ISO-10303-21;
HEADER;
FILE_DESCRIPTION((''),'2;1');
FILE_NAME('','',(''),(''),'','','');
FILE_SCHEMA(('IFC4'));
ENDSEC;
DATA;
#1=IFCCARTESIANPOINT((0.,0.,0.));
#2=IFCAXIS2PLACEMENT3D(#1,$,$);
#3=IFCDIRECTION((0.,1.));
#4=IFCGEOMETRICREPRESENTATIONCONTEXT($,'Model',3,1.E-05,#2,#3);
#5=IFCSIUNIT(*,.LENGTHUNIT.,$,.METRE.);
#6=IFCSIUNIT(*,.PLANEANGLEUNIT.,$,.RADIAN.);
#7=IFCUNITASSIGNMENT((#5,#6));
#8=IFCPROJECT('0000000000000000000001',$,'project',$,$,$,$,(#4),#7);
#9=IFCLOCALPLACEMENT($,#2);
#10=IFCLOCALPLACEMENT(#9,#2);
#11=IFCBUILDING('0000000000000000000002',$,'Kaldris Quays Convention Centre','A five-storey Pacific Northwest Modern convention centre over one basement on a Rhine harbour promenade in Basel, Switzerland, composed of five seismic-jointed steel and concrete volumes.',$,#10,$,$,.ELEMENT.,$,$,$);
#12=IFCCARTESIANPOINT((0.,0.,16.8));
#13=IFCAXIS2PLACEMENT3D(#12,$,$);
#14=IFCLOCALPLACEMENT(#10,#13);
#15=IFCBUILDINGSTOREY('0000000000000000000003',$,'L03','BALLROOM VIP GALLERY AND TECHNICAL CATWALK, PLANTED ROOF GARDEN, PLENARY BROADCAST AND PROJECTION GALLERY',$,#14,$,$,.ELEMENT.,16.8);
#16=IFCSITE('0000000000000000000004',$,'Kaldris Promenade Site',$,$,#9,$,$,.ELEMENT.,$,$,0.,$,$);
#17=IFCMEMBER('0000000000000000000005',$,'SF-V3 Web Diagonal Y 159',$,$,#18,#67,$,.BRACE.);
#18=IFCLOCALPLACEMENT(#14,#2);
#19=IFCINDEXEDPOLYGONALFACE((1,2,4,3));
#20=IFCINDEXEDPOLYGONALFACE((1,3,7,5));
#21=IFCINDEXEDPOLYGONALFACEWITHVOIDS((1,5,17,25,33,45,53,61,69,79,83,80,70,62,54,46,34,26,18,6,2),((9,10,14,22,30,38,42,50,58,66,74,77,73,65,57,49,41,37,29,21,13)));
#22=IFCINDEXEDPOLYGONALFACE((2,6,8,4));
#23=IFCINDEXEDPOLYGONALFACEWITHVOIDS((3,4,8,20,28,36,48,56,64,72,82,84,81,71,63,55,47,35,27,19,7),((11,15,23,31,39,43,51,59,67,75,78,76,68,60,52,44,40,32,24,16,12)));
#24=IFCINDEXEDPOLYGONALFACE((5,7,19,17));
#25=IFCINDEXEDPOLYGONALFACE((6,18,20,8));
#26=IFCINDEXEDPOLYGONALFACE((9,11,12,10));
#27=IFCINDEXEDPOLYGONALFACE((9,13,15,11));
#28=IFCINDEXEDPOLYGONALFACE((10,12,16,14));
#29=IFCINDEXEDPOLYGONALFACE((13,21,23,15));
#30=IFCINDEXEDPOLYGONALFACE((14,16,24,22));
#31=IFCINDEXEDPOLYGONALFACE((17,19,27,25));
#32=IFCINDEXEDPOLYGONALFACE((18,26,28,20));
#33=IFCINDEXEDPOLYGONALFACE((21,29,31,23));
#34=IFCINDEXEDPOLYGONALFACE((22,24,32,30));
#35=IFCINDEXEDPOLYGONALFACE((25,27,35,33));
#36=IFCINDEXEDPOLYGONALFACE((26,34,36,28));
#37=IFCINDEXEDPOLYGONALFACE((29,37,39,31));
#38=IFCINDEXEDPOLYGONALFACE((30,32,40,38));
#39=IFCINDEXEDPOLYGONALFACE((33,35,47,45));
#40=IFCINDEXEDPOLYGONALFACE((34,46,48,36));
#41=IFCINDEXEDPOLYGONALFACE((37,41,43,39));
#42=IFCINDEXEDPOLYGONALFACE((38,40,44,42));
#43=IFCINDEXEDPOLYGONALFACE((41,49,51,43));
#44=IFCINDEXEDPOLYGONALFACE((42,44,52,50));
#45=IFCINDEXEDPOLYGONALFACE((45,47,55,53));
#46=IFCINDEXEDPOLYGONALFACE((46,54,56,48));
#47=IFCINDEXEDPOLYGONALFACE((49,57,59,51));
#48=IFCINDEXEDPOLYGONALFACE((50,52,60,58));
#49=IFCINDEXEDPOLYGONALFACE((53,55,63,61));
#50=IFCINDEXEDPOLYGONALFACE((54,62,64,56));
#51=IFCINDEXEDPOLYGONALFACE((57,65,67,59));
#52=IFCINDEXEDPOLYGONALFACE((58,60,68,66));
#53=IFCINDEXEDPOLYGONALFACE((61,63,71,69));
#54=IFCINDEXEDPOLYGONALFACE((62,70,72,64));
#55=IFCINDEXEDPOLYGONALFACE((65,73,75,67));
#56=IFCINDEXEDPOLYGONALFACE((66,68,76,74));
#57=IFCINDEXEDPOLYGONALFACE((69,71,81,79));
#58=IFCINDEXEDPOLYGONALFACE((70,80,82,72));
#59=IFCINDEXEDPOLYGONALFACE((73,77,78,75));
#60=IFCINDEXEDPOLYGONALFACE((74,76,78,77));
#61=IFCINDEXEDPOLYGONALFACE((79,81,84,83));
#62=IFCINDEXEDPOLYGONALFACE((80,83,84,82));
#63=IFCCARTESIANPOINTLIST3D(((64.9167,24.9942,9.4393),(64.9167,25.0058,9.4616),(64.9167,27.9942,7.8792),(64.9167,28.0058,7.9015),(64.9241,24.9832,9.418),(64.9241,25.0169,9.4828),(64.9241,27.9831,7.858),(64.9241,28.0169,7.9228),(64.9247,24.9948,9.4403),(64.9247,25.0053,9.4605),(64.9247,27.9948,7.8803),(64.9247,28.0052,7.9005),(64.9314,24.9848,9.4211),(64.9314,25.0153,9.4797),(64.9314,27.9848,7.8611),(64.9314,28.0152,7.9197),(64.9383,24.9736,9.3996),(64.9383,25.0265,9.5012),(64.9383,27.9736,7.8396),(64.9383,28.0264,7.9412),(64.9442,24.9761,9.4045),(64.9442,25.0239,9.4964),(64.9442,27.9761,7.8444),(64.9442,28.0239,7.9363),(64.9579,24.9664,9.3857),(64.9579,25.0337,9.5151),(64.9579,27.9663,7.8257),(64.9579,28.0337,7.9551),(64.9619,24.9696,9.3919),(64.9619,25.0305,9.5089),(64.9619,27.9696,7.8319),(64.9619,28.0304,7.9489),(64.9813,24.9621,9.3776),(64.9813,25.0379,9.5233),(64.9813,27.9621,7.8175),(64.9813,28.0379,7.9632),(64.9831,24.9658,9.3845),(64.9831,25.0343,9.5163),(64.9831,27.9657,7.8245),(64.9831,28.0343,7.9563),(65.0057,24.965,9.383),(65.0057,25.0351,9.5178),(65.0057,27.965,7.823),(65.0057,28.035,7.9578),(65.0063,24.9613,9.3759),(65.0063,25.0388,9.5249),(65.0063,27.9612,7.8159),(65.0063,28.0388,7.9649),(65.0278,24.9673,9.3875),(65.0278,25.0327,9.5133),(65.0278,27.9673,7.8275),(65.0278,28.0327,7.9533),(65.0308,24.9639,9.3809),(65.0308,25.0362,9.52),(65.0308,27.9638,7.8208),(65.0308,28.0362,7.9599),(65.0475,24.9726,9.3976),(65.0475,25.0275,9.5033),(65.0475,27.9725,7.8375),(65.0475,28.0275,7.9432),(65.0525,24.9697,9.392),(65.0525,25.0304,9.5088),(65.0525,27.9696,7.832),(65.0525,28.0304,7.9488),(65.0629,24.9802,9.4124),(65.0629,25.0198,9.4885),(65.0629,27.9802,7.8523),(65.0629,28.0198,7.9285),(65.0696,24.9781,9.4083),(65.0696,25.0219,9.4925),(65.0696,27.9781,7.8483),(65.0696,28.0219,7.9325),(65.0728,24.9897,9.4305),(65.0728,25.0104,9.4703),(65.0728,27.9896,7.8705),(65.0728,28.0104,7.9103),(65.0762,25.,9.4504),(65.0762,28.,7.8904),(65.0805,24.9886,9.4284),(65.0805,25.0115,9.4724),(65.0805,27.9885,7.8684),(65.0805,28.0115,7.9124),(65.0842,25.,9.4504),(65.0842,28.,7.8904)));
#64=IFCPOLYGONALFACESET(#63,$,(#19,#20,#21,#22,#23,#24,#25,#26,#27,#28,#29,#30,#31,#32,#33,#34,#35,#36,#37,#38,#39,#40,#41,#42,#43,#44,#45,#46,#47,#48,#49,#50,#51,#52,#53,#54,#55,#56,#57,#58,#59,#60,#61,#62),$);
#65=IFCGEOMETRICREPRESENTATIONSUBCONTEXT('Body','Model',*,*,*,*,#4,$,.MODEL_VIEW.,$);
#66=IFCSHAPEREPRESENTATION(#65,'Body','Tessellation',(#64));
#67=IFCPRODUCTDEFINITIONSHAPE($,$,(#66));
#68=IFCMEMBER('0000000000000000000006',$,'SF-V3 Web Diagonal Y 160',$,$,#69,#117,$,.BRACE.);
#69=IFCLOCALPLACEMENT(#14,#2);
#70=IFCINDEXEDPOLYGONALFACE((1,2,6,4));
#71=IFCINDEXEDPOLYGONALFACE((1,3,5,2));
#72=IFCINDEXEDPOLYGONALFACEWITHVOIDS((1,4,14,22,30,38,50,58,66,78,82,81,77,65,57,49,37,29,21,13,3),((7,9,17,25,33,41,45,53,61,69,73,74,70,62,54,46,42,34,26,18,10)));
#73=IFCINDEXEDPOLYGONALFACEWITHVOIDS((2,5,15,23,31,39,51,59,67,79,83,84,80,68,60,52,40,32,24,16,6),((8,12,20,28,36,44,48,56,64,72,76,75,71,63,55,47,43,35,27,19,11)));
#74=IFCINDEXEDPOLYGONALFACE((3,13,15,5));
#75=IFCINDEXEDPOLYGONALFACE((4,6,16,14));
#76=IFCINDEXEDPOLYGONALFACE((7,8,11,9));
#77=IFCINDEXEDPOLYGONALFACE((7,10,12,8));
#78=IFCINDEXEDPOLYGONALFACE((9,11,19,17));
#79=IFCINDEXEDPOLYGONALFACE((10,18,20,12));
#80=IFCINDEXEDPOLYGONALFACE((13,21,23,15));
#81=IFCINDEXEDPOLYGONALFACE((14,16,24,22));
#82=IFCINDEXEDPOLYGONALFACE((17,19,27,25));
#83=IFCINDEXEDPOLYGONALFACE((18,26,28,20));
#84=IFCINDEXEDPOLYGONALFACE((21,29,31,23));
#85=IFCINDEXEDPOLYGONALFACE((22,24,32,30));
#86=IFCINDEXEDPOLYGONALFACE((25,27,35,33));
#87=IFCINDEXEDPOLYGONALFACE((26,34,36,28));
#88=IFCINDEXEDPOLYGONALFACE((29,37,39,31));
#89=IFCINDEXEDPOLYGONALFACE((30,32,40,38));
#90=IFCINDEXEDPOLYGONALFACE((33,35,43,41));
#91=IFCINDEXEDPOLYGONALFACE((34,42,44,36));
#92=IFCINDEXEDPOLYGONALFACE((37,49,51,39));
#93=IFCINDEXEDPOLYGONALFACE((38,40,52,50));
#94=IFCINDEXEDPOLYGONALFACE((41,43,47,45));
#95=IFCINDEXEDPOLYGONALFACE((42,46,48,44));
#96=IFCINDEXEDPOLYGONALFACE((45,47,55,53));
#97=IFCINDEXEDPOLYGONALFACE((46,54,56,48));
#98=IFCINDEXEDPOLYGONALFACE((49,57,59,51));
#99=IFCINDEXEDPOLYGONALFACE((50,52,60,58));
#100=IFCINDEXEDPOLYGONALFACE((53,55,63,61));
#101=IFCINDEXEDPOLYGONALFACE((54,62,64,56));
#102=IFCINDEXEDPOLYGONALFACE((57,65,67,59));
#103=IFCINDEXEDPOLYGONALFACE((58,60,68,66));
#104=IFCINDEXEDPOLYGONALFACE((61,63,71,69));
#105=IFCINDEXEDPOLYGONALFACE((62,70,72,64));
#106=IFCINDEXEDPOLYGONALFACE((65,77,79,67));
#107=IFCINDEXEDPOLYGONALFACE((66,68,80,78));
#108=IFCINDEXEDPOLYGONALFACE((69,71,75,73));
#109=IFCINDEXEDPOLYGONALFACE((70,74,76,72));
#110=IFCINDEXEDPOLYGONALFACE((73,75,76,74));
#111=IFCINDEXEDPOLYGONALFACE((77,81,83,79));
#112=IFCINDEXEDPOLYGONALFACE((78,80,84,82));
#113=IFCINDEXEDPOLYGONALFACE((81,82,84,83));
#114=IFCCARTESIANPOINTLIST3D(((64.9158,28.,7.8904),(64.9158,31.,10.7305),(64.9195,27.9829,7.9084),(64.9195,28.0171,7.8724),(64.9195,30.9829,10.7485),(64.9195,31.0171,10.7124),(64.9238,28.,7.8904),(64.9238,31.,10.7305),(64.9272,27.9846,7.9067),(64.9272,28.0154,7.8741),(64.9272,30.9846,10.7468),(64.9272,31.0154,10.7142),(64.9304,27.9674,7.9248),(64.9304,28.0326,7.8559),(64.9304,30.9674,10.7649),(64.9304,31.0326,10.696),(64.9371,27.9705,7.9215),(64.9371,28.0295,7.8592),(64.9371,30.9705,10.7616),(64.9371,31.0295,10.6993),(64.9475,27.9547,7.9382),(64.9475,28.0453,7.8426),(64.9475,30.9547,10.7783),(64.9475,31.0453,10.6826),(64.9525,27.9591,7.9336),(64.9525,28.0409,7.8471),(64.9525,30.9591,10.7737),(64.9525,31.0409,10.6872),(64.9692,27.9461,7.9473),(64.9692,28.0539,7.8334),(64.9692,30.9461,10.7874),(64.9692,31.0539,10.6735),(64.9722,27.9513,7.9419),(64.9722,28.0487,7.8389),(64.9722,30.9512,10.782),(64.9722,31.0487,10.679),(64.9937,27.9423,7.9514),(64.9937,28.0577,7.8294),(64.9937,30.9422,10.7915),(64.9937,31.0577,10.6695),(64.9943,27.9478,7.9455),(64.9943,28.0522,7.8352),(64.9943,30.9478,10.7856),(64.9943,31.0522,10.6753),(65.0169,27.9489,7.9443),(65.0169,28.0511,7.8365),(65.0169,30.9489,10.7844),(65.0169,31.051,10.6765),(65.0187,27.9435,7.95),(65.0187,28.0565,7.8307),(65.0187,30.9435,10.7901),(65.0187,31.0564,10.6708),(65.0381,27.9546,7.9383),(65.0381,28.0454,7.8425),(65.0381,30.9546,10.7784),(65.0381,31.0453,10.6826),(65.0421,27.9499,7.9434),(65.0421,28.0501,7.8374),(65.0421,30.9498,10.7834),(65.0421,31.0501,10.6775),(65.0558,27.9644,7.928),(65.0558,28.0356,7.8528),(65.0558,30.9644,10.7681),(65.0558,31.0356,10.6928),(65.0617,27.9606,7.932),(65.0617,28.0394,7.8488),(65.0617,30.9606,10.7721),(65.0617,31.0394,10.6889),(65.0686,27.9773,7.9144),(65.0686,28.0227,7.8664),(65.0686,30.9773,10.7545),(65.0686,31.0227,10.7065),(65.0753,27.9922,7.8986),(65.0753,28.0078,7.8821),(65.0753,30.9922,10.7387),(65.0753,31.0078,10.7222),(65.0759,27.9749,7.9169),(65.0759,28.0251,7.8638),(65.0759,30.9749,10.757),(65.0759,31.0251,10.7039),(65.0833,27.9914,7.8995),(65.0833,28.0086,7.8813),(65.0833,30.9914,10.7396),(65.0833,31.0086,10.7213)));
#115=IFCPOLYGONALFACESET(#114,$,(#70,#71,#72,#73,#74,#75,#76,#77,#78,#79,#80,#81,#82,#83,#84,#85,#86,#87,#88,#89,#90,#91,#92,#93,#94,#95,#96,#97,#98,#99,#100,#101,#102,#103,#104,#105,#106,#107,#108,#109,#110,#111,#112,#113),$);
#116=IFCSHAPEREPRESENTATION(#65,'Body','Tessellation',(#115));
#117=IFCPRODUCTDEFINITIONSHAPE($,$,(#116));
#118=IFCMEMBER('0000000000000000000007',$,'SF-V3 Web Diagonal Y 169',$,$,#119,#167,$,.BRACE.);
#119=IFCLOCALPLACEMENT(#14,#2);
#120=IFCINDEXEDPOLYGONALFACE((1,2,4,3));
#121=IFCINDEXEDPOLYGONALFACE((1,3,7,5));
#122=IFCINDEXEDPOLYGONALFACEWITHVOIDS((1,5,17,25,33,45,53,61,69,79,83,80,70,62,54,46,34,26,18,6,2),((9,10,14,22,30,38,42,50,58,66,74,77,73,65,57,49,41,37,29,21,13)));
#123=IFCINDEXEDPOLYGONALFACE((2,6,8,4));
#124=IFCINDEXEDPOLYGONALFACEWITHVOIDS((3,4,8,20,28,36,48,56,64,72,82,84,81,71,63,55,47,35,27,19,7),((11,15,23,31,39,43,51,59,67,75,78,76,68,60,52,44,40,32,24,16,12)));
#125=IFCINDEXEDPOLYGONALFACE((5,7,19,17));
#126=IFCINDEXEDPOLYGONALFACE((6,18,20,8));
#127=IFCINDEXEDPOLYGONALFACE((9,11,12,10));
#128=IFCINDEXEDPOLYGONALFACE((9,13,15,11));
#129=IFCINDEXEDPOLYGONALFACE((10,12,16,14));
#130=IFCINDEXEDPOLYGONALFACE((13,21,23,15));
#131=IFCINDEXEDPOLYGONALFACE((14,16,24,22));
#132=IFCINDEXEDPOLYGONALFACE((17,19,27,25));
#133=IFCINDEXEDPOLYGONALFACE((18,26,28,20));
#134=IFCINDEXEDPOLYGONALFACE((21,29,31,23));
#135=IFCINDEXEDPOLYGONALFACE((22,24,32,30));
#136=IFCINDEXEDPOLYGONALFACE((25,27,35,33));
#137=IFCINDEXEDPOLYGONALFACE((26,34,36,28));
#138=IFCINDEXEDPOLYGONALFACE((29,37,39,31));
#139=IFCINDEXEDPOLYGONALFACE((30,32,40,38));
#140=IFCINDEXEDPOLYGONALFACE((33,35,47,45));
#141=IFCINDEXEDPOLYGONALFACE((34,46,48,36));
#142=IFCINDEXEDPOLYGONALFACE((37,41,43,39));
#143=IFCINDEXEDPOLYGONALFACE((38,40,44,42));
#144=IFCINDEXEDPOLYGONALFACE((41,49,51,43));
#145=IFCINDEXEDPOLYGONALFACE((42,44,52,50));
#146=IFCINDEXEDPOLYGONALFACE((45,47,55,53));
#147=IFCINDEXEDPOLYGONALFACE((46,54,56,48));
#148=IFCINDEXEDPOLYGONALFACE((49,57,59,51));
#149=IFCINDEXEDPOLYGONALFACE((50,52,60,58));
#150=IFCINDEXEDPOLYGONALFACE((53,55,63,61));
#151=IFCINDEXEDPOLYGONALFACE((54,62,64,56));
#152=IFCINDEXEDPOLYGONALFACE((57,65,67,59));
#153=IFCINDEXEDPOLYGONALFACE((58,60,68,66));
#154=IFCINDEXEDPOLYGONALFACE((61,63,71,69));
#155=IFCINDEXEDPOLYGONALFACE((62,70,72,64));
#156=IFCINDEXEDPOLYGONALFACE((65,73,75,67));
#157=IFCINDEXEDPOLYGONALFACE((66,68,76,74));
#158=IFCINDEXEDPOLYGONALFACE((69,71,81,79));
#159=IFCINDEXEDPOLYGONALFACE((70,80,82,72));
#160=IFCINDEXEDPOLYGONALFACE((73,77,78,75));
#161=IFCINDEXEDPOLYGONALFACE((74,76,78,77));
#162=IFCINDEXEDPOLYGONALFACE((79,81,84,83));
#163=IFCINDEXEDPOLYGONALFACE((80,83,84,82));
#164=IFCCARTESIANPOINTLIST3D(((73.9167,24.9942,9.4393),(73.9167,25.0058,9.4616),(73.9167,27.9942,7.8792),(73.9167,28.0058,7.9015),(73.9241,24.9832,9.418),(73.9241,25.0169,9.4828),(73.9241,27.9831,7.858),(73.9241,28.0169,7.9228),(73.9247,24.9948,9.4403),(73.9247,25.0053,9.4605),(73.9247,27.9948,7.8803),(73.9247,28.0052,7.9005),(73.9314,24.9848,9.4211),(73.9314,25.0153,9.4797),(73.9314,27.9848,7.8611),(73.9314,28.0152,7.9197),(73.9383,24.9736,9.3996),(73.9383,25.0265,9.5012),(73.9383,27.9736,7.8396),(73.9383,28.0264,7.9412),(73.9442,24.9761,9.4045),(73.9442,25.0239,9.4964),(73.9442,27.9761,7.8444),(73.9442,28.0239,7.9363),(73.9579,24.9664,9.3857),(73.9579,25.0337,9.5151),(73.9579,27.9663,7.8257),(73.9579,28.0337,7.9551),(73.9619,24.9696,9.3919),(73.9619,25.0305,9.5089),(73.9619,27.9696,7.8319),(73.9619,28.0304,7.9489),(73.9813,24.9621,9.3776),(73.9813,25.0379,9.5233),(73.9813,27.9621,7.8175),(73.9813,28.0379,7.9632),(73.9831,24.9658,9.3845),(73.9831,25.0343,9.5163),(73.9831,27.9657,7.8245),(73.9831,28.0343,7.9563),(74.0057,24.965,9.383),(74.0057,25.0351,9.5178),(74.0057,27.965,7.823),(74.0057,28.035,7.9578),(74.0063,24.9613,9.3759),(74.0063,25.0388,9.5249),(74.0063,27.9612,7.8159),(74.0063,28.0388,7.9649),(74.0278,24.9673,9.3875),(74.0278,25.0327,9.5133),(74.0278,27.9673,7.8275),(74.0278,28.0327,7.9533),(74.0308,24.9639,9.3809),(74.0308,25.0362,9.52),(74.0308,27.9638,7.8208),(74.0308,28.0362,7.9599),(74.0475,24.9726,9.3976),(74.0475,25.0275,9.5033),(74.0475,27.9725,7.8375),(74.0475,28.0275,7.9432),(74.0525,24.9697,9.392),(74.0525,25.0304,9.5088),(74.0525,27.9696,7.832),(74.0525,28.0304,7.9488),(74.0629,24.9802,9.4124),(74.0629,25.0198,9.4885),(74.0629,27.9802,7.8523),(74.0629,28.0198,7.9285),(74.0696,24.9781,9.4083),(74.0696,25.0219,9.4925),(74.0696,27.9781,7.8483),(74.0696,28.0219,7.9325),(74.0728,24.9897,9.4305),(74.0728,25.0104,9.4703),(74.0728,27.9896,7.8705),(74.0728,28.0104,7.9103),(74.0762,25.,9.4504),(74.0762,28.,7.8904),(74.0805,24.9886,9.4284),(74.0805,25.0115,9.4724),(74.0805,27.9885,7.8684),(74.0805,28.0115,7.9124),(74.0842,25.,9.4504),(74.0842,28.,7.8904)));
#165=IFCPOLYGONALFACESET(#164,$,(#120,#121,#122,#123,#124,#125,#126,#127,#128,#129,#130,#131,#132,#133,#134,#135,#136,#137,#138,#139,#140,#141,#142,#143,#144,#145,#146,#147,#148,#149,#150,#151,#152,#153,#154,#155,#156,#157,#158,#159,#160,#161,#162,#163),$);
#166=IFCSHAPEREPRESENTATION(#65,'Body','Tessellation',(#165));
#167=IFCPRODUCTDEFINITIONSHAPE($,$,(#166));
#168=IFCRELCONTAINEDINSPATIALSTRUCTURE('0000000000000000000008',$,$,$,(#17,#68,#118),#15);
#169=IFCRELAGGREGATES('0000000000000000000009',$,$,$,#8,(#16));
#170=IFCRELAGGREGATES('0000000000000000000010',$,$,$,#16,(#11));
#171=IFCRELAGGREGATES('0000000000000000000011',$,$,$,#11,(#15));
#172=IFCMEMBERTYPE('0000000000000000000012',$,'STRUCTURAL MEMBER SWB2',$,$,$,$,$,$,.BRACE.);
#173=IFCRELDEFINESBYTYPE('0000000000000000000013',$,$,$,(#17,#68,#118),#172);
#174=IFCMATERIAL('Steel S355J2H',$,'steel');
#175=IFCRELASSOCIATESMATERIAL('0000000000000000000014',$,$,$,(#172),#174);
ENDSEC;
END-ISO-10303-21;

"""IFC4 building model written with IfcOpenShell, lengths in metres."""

from ifc_helpers import new_model, si_unit, direction, frame, origin, origin_2d, place, context, subcontext, project, spatial, hollow_circle, extrude, material, material_profile, profile_set, type_object, element, save


model = new_model("IFC4")

# Units and contexts
model_context = context("Model", 3, precision=1e-05, world=origin(), true_north=direction((0.0, 1.0)))
body_context = subcontext(model_context, "Body", "Model", "MODEL_VIEW")
ifc_project = project(units=[si_unit("LENGTHUNIT", "METRE"), si_unit("PLANEANGLEUNIT", "RADIAN")], contexts=[model_context])

# Site, building, storey
site_placement = place(None, origin())
site = spatial("IfcSite", under=ifc_project, at=site_placement, Name="Kaldris Promenade Site", CompositionType="ELEMENT", RefElevation=0.0)
building_placement = place(site_placement, origin())
building = spatial("IfcBuilding", under=site, at=building_placement, Name="Kaldris Quays Convention Centre", Description="A five-storey Pacific Northwest Modern convention centre over one basement on a Rhine harbour promenade in Basel, Switzerland, composed of five seismic-jointed steel and concrete volumes.", CompositionType="ELEMENT")
storey_placement = place(building_placement, frame((0.0, 0.0, 16.8)))
storey = spatial("IfcBuildingStorey", under=building, at=storey_placement, Name="L03", Description="BALLROOM VIP GALLERY AND TECHNICAL CATWALK, PLANTED ROOF GARDEN, PLENARY BROADCAST AND PROJECTION GALLERY", CompositionType="ELEMENT", Elevation=16.8)

# Members
ifc_material_1 = material(Name="Steel S355J2H", Category="steel")
ifc_material_profile_1 = material_profile(ifc_material_1, hollow_circle(Radius=0.0842, WallThickness=0.0081, at=origin_2d()), Name="CHS 168.3x8")
ifc_profile_set_1 = profile_set([ifc_material_profile_1], Name="Steel S355J2H")
member_type_1 = type_object("IfcMemberType", Name="STRUCTURAL MEMBER SWB2", PredefinedType="BRACE", material=ifc_profile_set_1)
member_1_placement = place(storey_placement, frame((65.0, 28.0, 7.8904), z_axis=(0.0, -0.88721, 0.461366), x_axis=(1.0, 0.0, 0.0)))
element("IfcMember", 1, at=member_1_placement, inside=storey, type_object=member_type_1, Name="SF-V3 Web Diagonal Y 159", PredefinedType="BRACE", context=body_context, shape_type="SweptSolid", body=[
    extrude(hollow_circle(Radius=0.0842, WallThickness=0.0081, at=origin_2d()), origin(), (0.0, 0.0, 1.0), 3.3813),
])
member_2_placement = place(storey_placement, frame((65.0, 28.0, 7.8904), z_axis=(0.0, 0.726196, 0.687487), x_axis=(-1.0, 0.0, 0.0)))
element("IfcMember", 2, at=member_2_placement, inside=storey, type_object=member_type_1, Name="SF-V3 Web Diagonal Y 160", PredefinedType="BRACE", context=body_context, shape_type="SweptSolid", body=[
    extrude(hollow_circle(Radius=0.0842, WallThickness=0.0081, at=origin_2d()), origin(), (0.0, 0.0, 1.0), 4.1311),
])
member_3_placement = place(storey_placement, frame((74.0, 28.0, 7.8904), z_axis=(0.0, -0.88721, 0.461366), x_axis=(1.0, 0.0, 0.0)))
element("IfcMember", 3, at=member_3_placement, inside=storey, type_object=member_type_1, Name="SF-V3 Web Diagonal Y 169", PredefinedType="BRACE", context=body_context, shape_type="SweptSolid", body=[
    extrude(hollow_circle(Radius=0.0842, WallThickness=0.0081, at=origin_2d()), origin(), (0.0, 0.0, 1.0), 3.3813),
])

save(model, "model.ifc")
